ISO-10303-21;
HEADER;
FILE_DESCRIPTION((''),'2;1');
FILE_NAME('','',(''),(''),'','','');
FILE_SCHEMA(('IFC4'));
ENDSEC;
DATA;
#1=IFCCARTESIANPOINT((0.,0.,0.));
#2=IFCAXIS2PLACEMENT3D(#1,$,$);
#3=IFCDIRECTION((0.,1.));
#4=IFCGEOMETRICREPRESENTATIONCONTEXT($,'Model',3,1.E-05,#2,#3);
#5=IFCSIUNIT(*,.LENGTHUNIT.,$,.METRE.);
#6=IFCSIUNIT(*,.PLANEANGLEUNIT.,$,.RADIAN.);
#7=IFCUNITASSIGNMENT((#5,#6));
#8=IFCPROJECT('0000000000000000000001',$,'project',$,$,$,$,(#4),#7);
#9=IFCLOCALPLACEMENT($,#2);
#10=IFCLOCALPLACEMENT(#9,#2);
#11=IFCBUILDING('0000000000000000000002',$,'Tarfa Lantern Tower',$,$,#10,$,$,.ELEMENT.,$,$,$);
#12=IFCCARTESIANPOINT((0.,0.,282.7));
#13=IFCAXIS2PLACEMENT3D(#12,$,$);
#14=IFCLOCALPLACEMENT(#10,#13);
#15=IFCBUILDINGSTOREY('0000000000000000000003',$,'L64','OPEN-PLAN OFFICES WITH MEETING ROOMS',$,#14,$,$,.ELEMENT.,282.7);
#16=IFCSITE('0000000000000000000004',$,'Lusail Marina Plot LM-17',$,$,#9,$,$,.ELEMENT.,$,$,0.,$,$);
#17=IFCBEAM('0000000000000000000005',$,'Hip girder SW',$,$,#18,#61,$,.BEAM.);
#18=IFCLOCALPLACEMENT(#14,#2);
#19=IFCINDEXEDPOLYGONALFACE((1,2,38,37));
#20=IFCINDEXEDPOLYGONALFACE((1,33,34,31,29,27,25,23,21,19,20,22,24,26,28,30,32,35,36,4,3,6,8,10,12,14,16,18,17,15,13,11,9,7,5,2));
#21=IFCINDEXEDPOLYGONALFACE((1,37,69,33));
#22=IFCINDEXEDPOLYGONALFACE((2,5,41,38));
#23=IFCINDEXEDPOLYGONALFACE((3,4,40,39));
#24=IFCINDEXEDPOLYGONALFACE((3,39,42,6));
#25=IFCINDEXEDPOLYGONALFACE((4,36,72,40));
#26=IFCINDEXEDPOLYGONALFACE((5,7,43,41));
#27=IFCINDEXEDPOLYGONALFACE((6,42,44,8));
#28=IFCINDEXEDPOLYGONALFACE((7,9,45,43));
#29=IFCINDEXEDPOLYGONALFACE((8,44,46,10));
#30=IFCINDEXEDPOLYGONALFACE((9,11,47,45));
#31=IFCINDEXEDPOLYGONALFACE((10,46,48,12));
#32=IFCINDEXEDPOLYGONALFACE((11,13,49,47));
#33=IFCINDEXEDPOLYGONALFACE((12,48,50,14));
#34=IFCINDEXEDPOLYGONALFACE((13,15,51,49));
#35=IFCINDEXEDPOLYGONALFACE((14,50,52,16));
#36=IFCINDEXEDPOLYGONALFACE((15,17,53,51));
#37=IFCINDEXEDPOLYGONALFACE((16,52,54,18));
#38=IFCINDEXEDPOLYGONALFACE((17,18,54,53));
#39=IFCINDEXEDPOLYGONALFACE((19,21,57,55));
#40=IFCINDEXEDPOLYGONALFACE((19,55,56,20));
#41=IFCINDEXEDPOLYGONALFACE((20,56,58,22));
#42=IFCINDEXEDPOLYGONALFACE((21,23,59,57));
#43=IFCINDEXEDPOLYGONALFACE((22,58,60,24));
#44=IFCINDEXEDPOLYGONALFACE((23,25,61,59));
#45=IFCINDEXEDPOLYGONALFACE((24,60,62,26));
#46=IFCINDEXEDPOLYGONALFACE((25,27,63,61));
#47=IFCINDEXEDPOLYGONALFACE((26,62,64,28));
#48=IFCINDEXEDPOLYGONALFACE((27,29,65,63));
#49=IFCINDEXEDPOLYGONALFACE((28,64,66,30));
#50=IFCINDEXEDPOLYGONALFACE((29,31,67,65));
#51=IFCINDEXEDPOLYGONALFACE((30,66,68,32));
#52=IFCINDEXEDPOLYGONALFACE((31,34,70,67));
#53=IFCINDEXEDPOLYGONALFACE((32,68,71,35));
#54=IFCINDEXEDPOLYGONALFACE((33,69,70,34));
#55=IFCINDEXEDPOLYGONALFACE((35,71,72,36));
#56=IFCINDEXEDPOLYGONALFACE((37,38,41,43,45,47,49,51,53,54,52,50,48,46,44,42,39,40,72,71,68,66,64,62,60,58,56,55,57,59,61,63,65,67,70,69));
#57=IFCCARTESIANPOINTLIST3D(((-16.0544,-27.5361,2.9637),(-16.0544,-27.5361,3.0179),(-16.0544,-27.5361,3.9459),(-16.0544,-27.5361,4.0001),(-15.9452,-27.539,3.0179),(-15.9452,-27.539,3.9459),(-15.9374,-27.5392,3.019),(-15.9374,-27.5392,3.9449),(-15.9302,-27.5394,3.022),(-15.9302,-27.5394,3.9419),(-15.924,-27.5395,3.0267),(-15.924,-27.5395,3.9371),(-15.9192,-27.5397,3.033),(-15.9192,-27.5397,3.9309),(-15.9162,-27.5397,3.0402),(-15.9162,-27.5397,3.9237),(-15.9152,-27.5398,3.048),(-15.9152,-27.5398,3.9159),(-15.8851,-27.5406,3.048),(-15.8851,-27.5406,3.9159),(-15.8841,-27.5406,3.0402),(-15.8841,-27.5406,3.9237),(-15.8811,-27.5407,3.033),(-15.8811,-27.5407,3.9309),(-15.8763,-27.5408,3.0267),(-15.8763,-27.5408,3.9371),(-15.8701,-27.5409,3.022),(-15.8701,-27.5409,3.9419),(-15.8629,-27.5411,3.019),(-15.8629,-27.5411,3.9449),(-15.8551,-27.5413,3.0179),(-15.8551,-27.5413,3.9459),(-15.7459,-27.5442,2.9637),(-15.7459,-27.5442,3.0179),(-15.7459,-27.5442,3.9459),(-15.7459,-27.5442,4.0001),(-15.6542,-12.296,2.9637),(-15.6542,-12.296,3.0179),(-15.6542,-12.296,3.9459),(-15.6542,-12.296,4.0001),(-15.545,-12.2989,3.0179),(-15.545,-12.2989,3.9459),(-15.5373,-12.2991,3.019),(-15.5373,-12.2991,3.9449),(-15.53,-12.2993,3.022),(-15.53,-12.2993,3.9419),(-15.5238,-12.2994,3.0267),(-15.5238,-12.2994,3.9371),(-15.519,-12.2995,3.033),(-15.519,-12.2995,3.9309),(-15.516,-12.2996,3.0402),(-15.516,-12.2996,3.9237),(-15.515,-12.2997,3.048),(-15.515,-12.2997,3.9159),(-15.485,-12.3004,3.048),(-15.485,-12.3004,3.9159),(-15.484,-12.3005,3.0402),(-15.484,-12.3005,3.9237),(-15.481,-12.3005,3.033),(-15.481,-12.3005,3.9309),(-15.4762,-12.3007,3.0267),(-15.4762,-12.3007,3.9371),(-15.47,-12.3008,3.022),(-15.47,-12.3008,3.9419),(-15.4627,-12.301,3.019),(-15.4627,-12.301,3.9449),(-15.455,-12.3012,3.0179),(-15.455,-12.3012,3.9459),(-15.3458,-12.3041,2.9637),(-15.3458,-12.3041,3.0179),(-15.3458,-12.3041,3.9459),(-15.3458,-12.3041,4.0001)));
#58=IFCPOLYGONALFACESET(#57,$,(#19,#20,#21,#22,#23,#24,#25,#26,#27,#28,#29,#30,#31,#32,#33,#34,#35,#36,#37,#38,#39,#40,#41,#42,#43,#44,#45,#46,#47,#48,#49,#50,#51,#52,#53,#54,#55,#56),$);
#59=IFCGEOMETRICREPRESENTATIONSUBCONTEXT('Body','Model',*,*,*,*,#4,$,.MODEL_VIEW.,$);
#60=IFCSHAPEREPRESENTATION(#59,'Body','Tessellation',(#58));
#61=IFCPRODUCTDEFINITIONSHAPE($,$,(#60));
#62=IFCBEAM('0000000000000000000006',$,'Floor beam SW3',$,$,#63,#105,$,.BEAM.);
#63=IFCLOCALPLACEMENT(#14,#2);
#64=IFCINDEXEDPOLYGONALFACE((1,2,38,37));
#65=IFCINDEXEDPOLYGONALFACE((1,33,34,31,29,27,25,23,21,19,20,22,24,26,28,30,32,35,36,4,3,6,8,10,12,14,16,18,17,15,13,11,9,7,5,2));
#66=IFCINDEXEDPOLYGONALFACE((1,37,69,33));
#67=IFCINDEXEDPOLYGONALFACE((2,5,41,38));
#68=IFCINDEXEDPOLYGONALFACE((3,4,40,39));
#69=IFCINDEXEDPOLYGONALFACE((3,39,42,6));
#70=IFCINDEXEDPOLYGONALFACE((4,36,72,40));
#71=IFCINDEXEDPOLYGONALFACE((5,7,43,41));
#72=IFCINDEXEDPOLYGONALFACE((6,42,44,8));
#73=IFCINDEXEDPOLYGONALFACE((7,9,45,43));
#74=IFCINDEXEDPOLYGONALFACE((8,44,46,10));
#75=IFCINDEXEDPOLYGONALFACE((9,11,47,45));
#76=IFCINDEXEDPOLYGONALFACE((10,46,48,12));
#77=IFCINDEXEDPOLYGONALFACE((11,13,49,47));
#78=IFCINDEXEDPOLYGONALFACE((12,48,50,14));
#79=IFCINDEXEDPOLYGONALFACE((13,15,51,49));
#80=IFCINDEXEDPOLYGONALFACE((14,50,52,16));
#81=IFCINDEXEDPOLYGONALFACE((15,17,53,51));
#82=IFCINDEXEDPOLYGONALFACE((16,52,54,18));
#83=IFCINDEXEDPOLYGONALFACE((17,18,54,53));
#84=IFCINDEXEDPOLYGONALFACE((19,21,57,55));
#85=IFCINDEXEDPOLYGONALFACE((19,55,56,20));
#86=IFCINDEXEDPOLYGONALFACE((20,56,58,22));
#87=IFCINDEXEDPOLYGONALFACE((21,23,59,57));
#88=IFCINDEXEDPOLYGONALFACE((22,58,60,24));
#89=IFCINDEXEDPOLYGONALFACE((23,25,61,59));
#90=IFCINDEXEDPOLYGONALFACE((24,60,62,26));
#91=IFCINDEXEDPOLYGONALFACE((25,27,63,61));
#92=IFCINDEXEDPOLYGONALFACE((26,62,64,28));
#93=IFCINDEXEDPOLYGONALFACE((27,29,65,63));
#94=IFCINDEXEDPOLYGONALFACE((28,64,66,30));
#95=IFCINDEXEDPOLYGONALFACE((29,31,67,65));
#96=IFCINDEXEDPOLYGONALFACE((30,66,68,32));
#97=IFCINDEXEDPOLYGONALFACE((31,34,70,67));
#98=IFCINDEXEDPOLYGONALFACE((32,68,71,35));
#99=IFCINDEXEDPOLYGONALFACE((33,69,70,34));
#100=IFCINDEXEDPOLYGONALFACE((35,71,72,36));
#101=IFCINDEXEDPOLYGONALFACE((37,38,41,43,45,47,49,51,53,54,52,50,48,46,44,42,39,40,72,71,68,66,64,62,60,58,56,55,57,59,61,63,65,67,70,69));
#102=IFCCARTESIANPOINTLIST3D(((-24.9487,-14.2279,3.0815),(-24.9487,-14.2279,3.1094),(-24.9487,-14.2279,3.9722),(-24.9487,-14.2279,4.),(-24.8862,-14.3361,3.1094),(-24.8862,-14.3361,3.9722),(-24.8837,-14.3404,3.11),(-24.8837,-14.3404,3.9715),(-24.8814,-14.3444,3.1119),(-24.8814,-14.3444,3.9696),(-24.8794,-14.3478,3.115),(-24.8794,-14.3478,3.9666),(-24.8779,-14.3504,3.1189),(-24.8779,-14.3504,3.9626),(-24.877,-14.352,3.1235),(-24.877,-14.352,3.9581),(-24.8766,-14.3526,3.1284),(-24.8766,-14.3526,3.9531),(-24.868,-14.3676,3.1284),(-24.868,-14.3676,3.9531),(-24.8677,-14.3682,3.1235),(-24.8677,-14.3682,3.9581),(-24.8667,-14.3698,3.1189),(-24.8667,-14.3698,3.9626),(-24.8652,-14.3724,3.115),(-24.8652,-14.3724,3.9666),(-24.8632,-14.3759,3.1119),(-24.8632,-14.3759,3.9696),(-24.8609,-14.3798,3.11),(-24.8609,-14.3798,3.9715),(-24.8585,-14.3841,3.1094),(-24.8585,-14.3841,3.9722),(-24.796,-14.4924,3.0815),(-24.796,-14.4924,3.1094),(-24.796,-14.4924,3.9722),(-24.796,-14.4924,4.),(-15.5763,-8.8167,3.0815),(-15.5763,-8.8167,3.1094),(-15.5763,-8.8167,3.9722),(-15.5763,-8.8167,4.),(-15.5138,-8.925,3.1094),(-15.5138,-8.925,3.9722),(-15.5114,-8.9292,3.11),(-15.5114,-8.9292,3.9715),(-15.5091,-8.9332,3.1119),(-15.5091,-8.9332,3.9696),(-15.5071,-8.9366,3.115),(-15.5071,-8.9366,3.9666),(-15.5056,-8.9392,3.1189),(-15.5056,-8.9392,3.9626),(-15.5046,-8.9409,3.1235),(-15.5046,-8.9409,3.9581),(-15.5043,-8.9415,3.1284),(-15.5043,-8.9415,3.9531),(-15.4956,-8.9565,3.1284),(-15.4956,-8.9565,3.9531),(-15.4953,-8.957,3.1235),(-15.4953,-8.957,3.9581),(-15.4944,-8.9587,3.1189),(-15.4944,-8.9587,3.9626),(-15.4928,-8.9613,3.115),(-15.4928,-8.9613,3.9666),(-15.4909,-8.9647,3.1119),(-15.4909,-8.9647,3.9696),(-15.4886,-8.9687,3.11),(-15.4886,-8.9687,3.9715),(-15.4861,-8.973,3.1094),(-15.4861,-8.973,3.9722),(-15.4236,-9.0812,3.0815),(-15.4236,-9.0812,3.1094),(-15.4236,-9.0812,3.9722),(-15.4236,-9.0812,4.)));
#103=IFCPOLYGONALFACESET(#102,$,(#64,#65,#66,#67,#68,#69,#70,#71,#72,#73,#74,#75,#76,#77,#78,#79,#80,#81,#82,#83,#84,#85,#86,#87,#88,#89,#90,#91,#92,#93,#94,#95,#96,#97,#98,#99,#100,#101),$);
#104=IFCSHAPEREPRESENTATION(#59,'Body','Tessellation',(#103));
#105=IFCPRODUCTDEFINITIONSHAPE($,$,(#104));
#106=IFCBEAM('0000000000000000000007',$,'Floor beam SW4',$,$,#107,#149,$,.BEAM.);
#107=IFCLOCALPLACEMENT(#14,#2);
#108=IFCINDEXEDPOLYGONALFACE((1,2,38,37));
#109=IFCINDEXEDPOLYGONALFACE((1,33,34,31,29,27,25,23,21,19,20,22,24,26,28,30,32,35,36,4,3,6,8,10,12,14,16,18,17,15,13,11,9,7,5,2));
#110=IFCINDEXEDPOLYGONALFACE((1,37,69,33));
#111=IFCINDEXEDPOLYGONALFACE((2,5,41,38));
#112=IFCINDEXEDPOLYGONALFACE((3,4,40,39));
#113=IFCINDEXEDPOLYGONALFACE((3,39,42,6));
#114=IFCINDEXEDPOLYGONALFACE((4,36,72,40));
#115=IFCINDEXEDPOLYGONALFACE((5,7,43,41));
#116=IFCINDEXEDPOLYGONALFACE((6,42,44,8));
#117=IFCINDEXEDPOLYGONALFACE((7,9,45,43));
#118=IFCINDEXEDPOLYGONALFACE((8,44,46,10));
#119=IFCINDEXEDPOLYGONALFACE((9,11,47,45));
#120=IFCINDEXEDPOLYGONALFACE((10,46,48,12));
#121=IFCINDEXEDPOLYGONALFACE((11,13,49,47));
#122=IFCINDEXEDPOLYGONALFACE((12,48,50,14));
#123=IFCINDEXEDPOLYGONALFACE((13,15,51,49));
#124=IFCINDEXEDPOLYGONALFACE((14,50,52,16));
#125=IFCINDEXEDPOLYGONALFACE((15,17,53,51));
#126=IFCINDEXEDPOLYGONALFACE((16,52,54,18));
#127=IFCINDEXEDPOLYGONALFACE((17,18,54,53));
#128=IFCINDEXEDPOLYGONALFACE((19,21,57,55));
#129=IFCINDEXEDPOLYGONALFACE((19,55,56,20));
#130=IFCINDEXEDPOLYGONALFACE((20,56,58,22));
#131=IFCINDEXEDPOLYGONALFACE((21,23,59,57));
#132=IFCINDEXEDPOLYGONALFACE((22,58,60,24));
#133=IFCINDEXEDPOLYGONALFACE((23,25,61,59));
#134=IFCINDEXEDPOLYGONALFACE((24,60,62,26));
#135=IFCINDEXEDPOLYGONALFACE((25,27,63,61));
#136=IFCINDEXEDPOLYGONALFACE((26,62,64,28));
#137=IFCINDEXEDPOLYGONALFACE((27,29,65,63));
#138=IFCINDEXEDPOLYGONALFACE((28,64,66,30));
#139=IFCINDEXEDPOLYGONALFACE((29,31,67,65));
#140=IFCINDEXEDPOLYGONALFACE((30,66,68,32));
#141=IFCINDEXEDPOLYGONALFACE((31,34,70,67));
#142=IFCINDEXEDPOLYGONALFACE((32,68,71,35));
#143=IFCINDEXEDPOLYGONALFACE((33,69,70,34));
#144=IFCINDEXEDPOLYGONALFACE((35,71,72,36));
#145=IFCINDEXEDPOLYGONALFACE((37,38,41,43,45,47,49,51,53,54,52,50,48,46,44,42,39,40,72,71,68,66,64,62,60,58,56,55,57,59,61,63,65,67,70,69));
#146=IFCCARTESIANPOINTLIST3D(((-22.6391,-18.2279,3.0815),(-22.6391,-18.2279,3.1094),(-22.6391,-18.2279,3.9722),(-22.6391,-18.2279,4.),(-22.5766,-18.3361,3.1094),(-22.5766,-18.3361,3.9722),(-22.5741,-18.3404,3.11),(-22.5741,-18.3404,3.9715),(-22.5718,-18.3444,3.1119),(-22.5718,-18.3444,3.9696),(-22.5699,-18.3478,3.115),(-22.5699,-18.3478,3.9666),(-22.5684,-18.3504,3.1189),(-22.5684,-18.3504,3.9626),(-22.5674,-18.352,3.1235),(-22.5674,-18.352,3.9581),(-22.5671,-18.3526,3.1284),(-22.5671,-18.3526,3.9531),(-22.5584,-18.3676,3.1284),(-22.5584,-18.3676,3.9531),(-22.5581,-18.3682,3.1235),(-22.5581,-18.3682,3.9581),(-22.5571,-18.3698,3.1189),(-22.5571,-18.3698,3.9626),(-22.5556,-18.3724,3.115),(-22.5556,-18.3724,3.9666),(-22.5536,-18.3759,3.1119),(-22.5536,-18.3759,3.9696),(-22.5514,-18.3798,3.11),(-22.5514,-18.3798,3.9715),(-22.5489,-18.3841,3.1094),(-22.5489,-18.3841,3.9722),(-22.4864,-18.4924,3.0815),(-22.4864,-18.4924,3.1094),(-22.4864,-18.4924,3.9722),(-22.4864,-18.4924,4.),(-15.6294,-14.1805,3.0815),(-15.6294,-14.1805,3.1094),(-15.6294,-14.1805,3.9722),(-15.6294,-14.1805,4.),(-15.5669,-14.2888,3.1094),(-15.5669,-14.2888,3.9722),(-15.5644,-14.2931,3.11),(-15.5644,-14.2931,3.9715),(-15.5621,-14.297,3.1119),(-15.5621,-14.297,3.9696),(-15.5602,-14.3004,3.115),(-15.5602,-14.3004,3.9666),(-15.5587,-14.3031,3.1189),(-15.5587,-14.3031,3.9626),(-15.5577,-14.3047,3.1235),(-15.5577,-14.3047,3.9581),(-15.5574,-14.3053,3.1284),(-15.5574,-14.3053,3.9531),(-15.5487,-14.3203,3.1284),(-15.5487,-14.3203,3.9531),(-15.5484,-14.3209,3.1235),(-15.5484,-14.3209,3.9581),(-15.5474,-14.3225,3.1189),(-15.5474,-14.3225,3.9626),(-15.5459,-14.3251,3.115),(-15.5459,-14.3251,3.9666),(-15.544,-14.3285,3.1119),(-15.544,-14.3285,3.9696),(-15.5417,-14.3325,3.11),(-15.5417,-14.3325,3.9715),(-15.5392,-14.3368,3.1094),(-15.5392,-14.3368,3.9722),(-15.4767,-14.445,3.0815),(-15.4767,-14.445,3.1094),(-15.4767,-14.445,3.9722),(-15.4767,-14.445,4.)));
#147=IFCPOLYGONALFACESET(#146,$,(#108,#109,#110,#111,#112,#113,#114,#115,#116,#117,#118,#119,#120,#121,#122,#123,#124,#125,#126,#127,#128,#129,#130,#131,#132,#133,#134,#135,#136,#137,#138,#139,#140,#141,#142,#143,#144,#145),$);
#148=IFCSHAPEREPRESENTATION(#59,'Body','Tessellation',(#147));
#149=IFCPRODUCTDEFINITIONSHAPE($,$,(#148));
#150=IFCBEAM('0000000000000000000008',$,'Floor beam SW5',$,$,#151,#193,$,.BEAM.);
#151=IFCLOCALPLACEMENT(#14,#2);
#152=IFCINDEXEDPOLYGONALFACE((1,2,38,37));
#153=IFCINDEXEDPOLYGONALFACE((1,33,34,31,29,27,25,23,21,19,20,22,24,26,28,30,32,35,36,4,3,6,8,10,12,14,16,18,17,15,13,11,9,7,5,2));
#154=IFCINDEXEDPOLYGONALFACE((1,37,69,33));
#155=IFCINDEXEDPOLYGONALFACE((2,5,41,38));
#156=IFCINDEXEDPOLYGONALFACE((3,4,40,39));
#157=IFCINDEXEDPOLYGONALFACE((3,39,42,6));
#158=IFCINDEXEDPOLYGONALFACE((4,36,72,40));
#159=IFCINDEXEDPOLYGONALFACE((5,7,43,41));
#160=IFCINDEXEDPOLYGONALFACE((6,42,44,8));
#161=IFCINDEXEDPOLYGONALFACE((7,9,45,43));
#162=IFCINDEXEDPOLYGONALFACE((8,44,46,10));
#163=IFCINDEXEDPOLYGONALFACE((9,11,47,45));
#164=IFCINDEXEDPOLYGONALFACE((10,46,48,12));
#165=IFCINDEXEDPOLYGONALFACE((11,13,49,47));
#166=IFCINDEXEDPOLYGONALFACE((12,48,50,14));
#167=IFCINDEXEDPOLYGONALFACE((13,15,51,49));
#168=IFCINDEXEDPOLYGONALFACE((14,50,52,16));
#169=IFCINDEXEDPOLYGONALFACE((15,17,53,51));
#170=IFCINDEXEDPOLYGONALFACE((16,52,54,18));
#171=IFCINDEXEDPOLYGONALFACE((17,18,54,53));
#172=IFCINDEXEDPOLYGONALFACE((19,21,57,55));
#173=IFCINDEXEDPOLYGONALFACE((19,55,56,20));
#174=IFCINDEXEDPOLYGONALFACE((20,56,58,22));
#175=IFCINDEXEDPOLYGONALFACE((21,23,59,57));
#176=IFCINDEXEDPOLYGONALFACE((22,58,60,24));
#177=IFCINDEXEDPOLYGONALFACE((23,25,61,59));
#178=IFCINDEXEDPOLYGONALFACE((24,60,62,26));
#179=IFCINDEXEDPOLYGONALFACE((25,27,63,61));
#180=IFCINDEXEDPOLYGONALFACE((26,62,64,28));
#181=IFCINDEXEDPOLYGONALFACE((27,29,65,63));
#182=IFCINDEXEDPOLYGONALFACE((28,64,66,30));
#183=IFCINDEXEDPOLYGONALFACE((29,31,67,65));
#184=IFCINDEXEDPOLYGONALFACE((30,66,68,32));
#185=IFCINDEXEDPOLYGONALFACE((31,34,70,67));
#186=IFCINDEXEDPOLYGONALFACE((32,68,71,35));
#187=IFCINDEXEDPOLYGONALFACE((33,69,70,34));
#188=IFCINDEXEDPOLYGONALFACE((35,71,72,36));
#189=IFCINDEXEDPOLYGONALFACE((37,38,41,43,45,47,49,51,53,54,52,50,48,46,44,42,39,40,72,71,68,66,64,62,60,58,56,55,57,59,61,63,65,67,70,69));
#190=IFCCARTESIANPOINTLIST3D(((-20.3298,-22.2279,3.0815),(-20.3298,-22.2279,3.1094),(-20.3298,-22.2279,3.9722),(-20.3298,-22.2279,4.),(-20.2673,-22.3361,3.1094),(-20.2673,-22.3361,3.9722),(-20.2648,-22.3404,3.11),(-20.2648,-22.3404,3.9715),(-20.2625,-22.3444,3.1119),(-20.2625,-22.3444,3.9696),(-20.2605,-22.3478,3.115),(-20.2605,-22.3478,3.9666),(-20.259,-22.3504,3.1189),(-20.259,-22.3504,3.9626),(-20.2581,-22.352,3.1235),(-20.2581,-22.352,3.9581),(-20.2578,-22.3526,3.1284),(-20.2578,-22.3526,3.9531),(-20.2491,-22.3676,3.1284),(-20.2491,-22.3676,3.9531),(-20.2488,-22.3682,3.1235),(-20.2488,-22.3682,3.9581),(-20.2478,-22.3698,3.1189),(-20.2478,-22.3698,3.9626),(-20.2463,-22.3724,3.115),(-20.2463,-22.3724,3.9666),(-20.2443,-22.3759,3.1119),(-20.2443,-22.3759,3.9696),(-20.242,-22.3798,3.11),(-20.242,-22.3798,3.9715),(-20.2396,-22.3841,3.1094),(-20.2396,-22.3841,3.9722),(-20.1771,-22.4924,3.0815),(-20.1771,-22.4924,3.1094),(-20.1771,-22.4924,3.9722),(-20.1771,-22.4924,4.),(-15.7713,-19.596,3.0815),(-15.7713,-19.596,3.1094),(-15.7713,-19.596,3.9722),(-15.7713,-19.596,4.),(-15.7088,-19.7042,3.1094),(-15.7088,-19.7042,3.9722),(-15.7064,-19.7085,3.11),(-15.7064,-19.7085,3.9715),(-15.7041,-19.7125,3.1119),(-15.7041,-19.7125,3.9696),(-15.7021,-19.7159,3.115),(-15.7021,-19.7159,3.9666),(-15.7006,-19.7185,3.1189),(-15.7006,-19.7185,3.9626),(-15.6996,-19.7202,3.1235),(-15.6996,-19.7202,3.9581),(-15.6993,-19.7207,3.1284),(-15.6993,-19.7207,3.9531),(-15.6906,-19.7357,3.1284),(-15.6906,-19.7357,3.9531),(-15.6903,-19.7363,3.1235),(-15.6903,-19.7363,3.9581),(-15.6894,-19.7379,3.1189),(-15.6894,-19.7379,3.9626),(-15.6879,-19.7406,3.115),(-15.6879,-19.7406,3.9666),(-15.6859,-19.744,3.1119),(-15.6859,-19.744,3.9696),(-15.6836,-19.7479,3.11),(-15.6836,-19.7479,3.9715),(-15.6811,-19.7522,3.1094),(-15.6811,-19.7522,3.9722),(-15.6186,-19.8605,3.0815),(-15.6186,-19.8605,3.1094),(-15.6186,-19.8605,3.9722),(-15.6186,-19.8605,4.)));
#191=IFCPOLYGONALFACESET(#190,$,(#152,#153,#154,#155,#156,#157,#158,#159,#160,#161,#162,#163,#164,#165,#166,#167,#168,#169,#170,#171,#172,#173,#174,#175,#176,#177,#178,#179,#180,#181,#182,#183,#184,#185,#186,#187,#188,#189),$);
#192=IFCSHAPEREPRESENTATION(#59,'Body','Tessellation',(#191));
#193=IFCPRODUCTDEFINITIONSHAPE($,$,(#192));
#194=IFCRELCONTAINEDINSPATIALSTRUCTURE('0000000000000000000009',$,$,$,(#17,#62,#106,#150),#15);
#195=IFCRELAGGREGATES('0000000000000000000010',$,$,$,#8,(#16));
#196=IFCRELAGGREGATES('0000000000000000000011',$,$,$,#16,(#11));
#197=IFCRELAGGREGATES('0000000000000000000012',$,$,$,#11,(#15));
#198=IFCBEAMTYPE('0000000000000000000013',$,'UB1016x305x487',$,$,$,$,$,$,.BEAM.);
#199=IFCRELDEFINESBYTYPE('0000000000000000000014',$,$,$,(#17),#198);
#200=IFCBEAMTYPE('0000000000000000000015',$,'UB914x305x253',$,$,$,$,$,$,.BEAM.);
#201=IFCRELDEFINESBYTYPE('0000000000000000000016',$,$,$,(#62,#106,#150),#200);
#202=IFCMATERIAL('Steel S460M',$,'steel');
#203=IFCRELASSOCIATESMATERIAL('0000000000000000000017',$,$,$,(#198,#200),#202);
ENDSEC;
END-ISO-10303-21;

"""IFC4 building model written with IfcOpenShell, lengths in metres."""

from ifc_helpers import new_model, si_unit, direction, frame, origin, origin_2d, place, context, subcontext, project, spatial, i_section, extrude, material, material_profile, profile_set, type_object, element, save


model = new_model("IFC4")

# Units and contexts
model_context = context("Model", 3, precision=1e-05, world=origin(), true_north=direction((0.0, 1.0)))
body_context = subcontext(model_context, "Body", "Model", "MODEL_VIEW")
ifc_project = project(units=[si_unit("LENGTHUNIT", "METRE"), si_unit("PLANEANGLEUNIT", "RADIAN")], contexts=[model_context])

# Site, building, storey
site_placement = place(None, origin())
site = spatial("IfcSite", under=ifc_project, at=site_placement, Name="Lusail Marina Plot LM-17", CompositionType="ELEMENT", RefElevation=0.0)
building_placement = place(site_placement, origin())
building = spatial("IfcBuilding", under=site, at=building_placement, Name="Tarfa Lantern Tower", CompositionType="ELEMENT")
storey_placement = place(building_placement, frame((0.0, 0.0, 282.7)))
storey = spatial("IfcBuildingStorey", under=building, at=storey_placement, Name="L64", Description="OPEN-PLAN OFFICES WITH MEETING ROOMS", CompositionType="ELEMENT", Elevation=282.7)

# Beams
ifc_material_1 = material(Name="Steel S460M", Category="steel")
ifc_material_profile_1 = material_profile(ifc_material_1, i_section(OverallWidth=0.3086, OverallDepth=1.0364, WebThickness=0.03, FlangeThickness=0.0542, FilletRadius=0.03, at=origin_2d()), Name="UB1016x305x487")
ifc_profile_set_1 = profile_set([ifc_material_profile_1], Name="Steel S460M")
beam_type_1 = type_object("IfcBeamType", Name="UB1016x305x487", PredefinedType="BEAM", material=ifc_profile_set_1)
beam_1_placement = place(storey_placement, frame((-15.5, -12.3, 3.4819), z_axis=(-0.026247, -0.999655, 0.0), x_axis=(0.999655, -0.026247, 0.0)))
element("IfcBeam", 1, at=beam_1_placement, inside=storey, type_object=beam_type_1, Name="Hip girder SW", PredefinedType="BEAM", context=body_context, shape_type="SweptSolid", body=[
    extrude(i_section(OverallWidth=0.3086, OverallDepth=1.0364, WebThickness=0.03, FlangeThickness=0.0542, FilletRadius=0.03, at=origin_2d()), origin(), (0.0, 0.0, 1.0), 15.2454),
])
ifc_material_profile_2 = material_profile(ifc_material_1, i_section(OverallWidth=0.3054, OverallDepth=0.9185, WebThickness=0.0173, FlangeThickness=0.0278, FilletRadius=0.019, at=origin_2d()), Name="UB914x305x253")
ifc_profile_set_2 = profile_set([ifc_material_profile_2], Name="Steel S460M")
beam_type_2 = type_object("IfcBeamType", Name="UB914x305x253", PredefinedType="BEAM", material=ifc_profile_set_2)
beam_2_placement = place(storey_placement, frame((-24.8723, -14.3601, 3.5408), z_axis=(0.866024, 0.500002, 0.0), x_axis=(-0.500002, 0.866024, 0.0)))
element("IfcBeam", 2, at=beam_2_placement, inside=storey, type_object=beam_type_2, Name="Floor beam SW3", PredefinedType="BEAM", context=body_context, shape_type="SweptSolid", body=[
    extrude(i_section(OverallWidth=0.3054, OverallDepth=0.9185, WebThickness=0.0173, FlangeThickness=0.0278, FilletRadius=0.019, at=origin_2d()), origin(), (0.0, 0.0, 1.0), 10.8223),
])
beam_3_placement = place(storey_placement, frame((-22.5627, -18.3601, 3.5408), z_axis=(0.866011, 0.500025, 0.0), x_axis=(-0.500025, 0.866011, 0.0)))
element("IfcBeam", 3, at=beam_3_placement, inside=storey, type_object=beam_type_2, Name="Floor beam SW4", PredefinedType="BEAM", context=body_context, shape_type="SweptSolid", body=[
    extrude(i_section(OverallWidth=0.3054, OverallDepth=0.9185, WebThickness=0.0173, FlangeThickness=0.0278, FilletRadius=0.019, at=origin_2d()), origin(), (0.0, 0.0, 1.0), 8.0942),
])
beam_4_placement = place(storey_placement, frame((-20.2534, -22.3601, 3.5408), z_axis=(0.86602, 0.50001, 0.0), x_axis=(-0.50001, 0.86602, 0.0)))
element("IfcBeam", 4, at=beam_4_placement, inside=storey, type_object=beam_type_2, Name="Floor beam SW5", PredefinedType="BEAM", context=body_context, shape_type="SweptSolid", body=[
    extrude(i_section(OverallWidth=0.3054, OverallDepth=0.9185, WebThickness=0.0173, FlangeThickness=0.0278, FilletRadius=0.019, at=origin_2d()), origin(), (0.0, 0.0, 1.0), 5.2637),
])

save(model, "model.ifc")
